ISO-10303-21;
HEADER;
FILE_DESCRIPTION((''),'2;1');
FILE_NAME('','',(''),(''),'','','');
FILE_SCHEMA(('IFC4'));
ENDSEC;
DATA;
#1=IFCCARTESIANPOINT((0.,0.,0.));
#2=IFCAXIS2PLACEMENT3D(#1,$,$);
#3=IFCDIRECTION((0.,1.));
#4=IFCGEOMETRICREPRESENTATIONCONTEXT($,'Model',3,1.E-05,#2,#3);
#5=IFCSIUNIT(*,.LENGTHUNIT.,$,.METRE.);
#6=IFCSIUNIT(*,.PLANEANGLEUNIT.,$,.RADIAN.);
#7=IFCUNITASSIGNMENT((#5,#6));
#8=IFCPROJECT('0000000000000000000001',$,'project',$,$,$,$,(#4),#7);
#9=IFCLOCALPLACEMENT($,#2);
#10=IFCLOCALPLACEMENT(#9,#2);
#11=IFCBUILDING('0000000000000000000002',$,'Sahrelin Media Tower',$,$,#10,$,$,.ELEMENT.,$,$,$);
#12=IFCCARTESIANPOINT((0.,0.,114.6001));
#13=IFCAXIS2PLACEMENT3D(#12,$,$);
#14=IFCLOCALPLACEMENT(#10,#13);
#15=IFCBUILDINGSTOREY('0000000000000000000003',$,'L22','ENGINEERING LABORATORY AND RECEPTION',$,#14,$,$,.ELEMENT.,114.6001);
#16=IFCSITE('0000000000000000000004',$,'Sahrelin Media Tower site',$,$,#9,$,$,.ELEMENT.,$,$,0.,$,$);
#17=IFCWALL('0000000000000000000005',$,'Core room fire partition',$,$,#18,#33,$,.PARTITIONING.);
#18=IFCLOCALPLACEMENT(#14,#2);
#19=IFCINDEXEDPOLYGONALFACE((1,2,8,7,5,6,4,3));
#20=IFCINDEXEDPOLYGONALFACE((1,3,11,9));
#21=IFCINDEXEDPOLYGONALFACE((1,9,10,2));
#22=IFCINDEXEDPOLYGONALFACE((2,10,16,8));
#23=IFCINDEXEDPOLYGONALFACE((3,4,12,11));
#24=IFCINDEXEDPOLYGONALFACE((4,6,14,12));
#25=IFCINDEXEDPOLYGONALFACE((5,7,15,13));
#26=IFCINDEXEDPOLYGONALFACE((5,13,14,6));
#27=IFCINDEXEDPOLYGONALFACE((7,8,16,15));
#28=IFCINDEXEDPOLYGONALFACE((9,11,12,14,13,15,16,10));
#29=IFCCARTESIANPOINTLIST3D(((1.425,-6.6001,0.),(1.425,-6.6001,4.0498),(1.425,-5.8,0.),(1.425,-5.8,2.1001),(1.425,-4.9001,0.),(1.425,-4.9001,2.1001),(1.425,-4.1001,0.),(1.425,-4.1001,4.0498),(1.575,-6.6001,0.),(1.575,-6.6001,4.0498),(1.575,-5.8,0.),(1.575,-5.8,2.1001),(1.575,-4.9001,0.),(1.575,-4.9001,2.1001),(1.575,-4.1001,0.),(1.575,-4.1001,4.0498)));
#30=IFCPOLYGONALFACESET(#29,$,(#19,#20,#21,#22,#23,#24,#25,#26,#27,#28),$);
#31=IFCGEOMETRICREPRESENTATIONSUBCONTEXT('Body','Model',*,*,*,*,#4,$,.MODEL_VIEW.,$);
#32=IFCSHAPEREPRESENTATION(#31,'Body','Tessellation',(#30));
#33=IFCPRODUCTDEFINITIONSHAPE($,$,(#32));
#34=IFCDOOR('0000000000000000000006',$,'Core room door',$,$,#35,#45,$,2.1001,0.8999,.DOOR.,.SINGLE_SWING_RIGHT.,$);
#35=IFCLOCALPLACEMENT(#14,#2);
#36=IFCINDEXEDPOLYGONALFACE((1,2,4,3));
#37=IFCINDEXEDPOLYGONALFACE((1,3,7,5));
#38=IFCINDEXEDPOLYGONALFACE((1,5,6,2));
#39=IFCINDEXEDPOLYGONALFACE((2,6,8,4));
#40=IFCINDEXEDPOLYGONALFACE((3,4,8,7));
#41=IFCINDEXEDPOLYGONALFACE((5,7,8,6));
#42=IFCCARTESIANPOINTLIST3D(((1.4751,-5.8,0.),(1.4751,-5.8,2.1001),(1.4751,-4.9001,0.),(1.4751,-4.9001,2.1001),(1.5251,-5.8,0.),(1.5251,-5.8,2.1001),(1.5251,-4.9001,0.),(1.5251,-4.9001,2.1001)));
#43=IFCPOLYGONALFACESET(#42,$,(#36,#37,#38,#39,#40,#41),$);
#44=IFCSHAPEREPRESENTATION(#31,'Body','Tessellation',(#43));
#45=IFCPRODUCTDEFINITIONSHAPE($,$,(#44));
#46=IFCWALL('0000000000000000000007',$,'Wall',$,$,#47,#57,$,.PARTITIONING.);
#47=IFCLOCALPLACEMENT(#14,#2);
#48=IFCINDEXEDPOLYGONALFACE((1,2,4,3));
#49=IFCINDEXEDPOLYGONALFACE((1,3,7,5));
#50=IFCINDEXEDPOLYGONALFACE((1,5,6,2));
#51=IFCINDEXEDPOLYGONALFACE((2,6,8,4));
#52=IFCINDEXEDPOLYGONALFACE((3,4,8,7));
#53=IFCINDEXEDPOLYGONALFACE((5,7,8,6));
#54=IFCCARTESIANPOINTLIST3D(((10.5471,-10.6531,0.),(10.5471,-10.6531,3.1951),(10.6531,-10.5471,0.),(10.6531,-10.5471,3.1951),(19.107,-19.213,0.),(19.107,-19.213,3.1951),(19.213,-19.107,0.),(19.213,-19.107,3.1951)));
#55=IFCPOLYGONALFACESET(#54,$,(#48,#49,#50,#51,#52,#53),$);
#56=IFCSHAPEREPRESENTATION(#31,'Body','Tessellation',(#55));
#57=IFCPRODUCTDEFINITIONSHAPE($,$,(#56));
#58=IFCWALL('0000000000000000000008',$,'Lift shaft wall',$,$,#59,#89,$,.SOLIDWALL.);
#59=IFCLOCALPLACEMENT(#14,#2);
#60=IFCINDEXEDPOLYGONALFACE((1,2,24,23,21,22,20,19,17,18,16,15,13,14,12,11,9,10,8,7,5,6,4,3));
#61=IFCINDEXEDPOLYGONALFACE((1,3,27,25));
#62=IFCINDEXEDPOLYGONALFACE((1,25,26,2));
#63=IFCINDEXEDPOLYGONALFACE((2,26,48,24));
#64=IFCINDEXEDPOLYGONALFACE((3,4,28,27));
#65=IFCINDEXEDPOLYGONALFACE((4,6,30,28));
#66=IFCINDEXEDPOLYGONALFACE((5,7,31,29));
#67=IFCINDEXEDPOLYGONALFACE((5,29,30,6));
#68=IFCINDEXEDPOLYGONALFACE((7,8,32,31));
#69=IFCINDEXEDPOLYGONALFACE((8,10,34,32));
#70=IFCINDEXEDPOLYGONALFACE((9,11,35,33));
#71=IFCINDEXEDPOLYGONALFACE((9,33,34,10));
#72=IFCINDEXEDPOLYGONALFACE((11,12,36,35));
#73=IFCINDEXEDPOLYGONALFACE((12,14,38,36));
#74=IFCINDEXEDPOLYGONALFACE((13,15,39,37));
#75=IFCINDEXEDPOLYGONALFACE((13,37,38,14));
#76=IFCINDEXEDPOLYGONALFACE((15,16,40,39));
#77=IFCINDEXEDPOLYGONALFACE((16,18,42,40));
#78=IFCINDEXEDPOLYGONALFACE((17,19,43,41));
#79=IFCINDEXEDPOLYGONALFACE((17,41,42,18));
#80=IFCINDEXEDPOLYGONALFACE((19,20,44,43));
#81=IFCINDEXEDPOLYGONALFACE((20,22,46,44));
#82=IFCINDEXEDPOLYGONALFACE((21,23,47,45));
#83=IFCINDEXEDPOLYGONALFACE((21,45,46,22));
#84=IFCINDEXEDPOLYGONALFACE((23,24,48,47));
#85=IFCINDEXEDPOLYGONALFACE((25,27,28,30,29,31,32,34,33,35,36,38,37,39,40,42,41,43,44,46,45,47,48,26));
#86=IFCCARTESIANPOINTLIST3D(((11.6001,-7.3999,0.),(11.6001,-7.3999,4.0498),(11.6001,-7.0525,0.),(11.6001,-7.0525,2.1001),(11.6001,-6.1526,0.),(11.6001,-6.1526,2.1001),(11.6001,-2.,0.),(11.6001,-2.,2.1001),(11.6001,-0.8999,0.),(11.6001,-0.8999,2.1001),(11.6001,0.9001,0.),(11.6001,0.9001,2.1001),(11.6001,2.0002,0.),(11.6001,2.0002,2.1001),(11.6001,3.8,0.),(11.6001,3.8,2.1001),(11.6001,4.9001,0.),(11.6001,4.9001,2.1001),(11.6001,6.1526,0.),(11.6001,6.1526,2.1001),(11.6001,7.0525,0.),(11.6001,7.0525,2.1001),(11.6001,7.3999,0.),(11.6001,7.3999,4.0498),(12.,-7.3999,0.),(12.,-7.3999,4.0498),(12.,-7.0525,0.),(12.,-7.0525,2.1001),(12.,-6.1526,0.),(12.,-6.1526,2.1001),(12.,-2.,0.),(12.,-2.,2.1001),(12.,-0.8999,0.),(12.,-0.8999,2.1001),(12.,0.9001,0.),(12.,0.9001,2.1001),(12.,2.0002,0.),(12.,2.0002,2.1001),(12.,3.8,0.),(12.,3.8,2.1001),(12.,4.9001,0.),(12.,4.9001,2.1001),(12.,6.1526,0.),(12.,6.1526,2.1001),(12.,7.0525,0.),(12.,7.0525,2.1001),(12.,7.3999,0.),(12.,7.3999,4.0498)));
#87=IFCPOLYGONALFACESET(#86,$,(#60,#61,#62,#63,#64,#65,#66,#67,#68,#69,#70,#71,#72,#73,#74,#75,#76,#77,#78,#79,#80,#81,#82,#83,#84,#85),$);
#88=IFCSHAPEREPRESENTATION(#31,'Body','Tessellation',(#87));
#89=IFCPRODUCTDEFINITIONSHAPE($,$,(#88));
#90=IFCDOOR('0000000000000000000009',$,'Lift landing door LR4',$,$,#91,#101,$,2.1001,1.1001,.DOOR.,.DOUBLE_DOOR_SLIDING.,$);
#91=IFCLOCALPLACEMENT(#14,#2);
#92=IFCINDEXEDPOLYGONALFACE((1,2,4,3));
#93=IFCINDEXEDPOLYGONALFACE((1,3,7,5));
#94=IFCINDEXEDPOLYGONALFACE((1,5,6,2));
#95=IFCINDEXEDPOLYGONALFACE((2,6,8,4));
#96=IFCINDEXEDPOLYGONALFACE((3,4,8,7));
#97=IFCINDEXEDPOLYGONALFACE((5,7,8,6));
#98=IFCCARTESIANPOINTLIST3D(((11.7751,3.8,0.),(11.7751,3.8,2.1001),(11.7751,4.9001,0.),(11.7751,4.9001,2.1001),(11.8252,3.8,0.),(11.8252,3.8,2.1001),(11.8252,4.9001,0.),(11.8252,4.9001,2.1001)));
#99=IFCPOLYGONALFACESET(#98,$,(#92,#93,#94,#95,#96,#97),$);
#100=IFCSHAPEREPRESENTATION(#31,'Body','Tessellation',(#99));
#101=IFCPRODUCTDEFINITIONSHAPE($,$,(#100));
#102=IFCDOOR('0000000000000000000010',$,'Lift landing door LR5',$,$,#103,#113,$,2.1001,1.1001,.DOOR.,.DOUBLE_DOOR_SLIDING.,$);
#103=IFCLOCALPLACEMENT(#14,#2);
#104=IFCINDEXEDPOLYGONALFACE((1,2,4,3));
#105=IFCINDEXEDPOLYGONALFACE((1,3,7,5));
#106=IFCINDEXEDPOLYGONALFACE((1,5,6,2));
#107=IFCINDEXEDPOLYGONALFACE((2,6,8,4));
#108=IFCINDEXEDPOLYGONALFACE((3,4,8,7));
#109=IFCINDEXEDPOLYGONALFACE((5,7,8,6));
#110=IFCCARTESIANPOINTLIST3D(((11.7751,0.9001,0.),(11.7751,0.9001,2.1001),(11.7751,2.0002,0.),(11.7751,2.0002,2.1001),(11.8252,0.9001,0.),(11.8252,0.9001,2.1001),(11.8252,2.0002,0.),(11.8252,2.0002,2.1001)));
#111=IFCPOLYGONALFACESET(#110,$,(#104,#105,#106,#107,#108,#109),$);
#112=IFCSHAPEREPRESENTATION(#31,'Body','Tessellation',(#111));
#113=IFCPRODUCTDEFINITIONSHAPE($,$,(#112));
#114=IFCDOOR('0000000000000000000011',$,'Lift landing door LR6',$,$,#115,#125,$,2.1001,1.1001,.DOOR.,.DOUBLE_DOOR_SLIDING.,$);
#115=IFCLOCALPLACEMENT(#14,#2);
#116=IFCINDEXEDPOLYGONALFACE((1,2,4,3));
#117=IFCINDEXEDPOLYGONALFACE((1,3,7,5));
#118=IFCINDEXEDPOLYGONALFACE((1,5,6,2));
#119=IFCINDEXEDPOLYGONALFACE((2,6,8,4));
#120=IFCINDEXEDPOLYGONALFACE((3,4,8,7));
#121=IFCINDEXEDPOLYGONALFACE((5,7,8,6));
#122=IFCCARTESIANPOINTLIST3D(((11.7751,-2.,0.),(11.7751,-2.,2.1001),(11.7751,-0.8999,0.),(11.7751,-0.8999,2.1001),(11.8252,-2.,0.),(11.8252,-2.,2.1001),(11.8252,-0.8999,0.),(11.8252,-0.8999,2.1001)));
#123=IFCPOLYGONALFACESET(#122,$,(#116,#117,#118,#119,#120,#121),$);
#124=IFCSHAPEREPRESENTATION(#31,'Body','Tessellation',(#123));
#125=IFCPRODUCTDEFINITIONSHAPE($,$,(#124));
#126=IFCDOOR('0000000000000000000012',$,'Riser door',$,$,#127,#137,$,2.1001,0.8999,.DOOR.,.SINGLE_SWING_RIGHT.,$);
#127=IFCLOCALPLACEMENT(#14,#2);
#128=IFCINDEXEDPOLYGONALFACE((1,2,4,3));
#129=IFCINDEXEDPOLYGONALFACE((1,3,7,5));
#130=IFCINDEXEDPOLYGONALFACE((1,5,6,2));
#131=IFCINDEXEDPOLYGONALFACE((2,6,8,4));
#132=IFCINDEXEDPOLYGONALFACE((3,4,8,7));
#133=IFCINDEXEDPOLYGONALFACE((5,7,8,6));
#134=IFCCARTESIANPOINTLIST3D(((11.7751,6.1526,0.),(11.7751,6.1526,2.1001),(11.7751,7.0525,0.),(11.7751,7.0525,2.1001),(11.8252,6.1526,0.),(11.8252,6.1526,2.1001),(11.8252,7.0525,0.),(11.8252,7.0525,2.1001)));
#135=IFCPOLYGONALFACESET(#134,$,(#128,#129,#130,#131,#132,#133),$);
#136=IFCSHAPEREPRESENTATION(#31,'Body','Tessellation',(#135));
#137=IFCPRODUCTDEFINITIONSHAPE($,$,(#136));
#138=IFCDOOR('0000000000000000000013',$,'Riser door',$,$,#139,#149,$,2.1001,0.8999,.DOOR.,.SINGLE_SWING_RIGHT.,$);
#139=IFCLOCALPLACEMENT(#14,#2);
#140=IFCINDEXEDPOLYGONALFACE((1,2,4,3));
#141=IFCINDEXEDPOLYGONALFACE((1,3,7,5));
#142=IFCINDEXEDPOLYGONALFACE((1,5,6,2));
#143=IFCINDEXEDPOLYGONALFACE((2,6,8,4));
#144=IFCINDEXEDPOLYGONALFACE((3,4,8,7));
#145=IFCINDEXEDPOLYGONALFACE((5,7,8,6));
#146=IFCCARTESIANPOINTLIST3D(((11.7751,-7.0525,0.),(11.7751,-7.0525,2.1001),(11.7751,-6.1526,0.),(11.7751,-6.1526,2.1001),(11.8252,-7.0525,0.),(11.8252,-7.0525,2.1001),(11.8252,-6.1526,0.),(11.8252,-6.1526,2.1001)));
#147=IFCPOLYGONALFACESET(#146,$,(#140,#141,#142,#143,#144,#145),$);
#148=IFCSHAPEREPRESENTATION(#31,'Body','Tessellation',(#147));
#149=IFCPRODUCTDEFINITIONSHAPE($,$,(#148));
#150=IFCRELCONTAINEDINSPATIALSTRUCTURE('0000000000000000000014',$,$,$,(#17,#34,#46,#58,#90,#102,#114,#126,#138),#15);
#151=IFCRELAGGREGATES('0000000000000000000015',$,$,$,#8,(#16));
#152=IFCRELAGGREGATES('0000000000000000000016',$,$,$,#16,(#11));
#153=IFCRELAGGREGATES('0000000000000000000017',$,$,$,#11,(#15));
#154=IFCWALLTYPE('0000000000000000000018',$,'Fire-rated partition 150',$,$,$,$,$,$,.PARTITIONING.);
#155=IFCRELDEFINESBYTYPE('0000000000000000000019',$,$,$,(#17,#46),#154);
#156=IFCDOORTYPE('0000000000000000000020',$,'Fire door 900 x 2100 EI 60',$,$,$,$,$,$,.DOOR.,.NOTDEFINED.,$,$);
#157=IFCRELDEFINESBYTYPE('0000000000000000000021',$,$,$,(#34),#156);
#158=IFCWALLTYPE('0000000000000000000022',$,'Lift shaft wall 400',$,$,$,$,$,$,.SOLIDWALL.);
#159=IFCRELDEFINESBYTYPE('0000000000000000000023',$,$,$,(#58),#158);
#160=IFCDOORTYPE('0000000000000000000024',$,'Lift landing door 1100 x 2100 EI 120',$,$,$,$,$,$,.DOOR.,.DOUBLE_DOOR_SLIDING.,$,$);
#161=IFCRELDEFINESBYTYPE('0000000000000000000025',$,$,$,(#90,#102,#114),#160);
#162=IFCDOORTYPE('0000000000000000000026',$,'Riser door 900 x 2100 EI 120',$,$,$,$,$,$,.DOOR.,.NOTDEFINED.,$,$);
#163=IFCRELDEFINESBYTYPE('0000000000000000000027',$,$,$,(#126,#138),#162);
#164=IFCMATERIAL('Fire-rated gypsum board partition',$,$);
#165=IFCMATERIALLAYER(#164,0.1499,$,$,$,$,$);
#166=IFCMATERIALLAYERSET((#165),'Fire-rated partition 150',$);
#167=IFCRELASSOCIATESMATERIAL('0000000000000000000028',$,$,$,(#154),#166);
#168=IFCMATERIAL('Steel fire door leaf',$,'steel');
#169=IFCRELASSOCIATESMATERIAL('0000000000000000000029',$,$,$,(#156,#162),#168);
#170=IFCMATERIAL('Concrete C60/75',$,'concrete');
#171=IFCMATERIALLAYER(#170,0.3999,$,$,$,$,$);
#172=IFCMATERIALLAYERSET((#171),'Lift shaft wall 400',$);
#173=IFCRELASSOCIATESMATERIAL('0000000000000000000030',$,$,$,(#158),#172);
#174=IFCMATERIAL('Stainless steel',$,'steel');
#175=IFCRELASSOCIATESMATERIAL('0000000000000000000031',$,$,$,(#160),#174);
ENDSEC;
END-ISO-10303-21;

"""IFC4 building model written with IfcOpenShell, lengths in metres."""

from ifc_helpers import new_model, si_unit, direction, frame, frame_2d, origin, place, context, subcontext, project, spatial, rectangle, extrude, material, layer, layer_set, type_object, element, fill, save


model = new_model("IFC4")

# Units and contexts
model_context = context("Model", 3, precision=1e-05, world=origin(), true_north=direction((0.0, 1.0)))
body_context = subcontext(model_context, "Body", "Model", "MODEL_VIEW")
ifc_project = project(units=[si_unit("LENGTHUNIT", "METRE"), si_unit("PLANEANGLEUNIT", "RADIAN")], contexts=[model_context])

# Site, building, storey
site_placement = place(None, origin())
site = spatial("IfcSite", under=ifc_project, at=site_placement, Name="Sahrelin Media Tower site", CompositionType="ELEMENT", RefElevation=0.0)
building_placement = place(site_placement, origin())
building = spatial("IfcBuilding", under=site, at=building_placement, Name="Sahrelin Media Tower", CompositionType="ELEMENT")
storey_placement = place(building_placement, frame((0.0, 0.0, 114.6001)))
storey = spatial("IfcBuildingStorey", under=building, at=storey_placement, Name="L22", Description="ENGINEERING LABORATORY AND RECEPTION", CompositionType="ELEMENT", Elevation=114.6001)

# Wall, opening, door
ifc_material_1 = material(Name="Fire-rated gypsum board partition")
ifc_layer_1 = layer(ifc_material_1, 0.1499)
ifc_layer_set_1 = layer_set([ifc_layer_1], Name="Fire-rated partition 150")
wall_type_1 = type_object("IfcWallType", Name="Fire-rated partition 150", PredefinedType="PARTITIONING", material=ifc_layer_set_1)
wall_1_placement = place(storey_placement, frame((1.5, -6.6001, 0.0), z_axis=(0.0, 0.0, 1.0), x_axis=(0.0, 1.0, 0.0)))
wall_1 = element("IfcWall", 1, at=wall_1_placement, inside=storey, type_object=wall_type_1, Name="Core room fire partition", PredefinedType="PARTITIONING", context=body_context, shape_type="SweptSolid", body=[
    extrude(rectangle(XDim=2.5, YDim=0.1499, at=frame_2d((1.25, 0.0))), origin(), (0.0, 0.0, 1.0), 4.0498),
])
opening_1_placement = place(wall_1_placement, frame((0.8, 0.0, 0.0)))
opening_1 = element("IfcOpeningElement", 2, at=opening_1_placement, cuts=wall_1, PredefinedType="OPENING", context=body_context, shape_type="SweptSolid", body=[
    extrude(rectangle(XDim=0.8999, YDim=2.1001, at=frame_2d((0.45, 1.05))), frame((0.0, 0.075, 0.0), z_axis=(0.0, -1.0, 0.0), x_axis=(1.0, 0.0, 0.0)), (0.0, 0.0, 1.0), 0.1499),
])
ifc_material_2 = material(Name="Steel fire door leaf", Category="steel")
door_type_1 = type_object("IfcDoorType", Name="Fire door 900 x 2100 EI 60", OperationType="NOTDEFINED", PredefinedType="DOOR", material=ifc_material_2)
door_1_placement = place(opening_1_placement, origin())
door_1 = element("IfcDoor", 3, at=door_1_placement, inside=storey, type_object=door_type_1, Name="Core room door", OperationType="SINGLE_SWING_RIGHT", OverallHeight=2.1001, OverallWidth=0.8999, PredefinedType="DOOR", context=body_context, shape_type="SweptSolid", body=[
    extrude(rectangle(XDim=0.8999, YDim=2.1001, at=frame_2d((0.45, 1.05))), frame((0.0, 0.0249, 0.0), z_axis=(0.0, -1.0, 0.0), x_axis=(1.0, 0.0, 0.0)), (0.0, 0.0, 1.0), 0.05),
])
fill(opening_1, door_1)

# Wall
wall_2_placement = place(storey_placement, frame((10.6001, -10.6001, 0.0), z_axis=(0.0, 0.0, 1.0), x_axis=(0.707107, -0.707107, 0.0)))
element("IfcWall", 4, at=wall_2_placement, inside=storey, type_object=wall_type_1, Name="Wall", PredefinedType="PARTITIONING", context=body_context, shape_type="SweptSolid", body=[
    extrude(rectangle(XDim=12.1055, YDim=0.1499, at=frame_2d((6.0527, 0.0))), origin(), (0.0, 0.0, 1.0), 3.1951),
])

# Wall, openings, doors
ifc_material_3 = material(Name="Concrete C60/75", Category="concrete")
ifc_layer_2 = layer(ifc_material_3, 0.3999)
ifc_layer_set_2 = layer_set([ifc_layer_2], Name="Lift shaft wall 400")
wall_type_2 = type_object("IfcWallType", Name="Lift shaft wall 400", PredefinedType="SOLIDWALL", material=ifc_layer_set_2)
wall_3_placement = place(storey_placement, frame((11.8, -7.3999, 0.0), z_axis=(0.0, 0.0, 1.0), x_axis=(0.0, 1.0, 0.0)))
wall_3 = element("IfcWall", 5, at=wall_3_placement, inside=storey, type_object=wall_type_2, Name="Lift shaft wall", PredefinedType="SOLIDWALL", context=body_context, shape_type="SweptSolid", body=[
    extrude(rectangle(XDim=14.7998, YDim=0.3999, at=frame_2d((7.3999, 0.0))), origin(), (0.0, 0.0, 1.0), 4.0498),
])
opening_2_placement = place(wall_3_placement, frame((11.2, 0.0, 0.0)))
opening_2 = element("IfcOpeningElement", 6, at=opening_2_placement, cuts=wall_3, PredefinedType="OPENING", context=body_context, shape_type="SweptSolid", body=[
    extrude(rectangle(XDim=1.1001, YDim=2.1001, at=frame_2d((0.55, 1.05))), frame((0.0, 0.2, 0.0), z_axis=(0.0, -1.0, 0.0), x_axis=(1.0, 0.0, 0.0)), (0.0, 0.0, 1.0), 0.3999),
])
opening_3_placement = place(wall_3_placement, frame((8.3, 0.0, 0.0)))
opening_3 = element("IfcOpeningElement", 7, at=opening_3_placement, cuts=wall_3, PredefinedType="OPENING", context=body_context, shape_type="SweptSolid", body=[
    extrude(rectangle(XDim=1.1001, YDim=2.1001, at=frame_2d((0.55, 1.05))), frame((0.0, 0.2, 0.0), z_axis=(0.0, -1.0, 0.0), x_axis=(1.0, 0.0, 0.0)), (0.0, 0.0, 1.0), 0.3999),
])
opening_4_placement = place(wall_3_placement, frame((5.3999, 0.0, 0.0)))
opening_4 = element("IfcOpeningElement", 8, at=opening_4_placement, cuts=wall_3, PredefinedType="OPENING", context=body_context, shape_type="SweptSolid", body=[
    extrude(rectangle(XDim=1.1001, YDim=2.1001, at=frame_2d((0.55, 1.05))), frame((0.0, 0.2, 0.0), z_axis=(0.0, -1.0, 0.0), x_axis=(1.0, 0.0, 0.0)), (0.0, 0.0, 1.0), 0.3999),
])
opening_5_placement = place(wall_3_placement, frame((13.5525, 0.0, 0.0)))
opening_5 = element("IfcOpeningElement", 9, at=opening_5_placement, cuts=wall_3, PredefinedType="OPENING", context=body_context, shape_type="SweptSolid", body=[
    extrude(rectangle(XDim=0.8999, YDim=2.1001, at=frame_2d((0.45, 1.05))), frame((0.0, 0.2, 0.0), z_axis=(0.0, -1.0, 0.0), x_axis=(1.0, 0.0, 0.0)), (0.0, 0.0, 1.0), 0.3999),
])
opening_6_placement = place(wall_3_placement, frame((0.3474, 0.0, 0.0)))
opening_6 = element("IfcOpeningElement", 10, at=opening_6_placement, cuts=wall_3, PredefinedType="OPENING", context=body_context, shape_type="SweptSolid", body=[
    extrude(rectangle(XDim=0.8999, YDim=2.1001, at=frame_2d((0.45, 1.05))), frame((0.0, 0.2, 0.0), z_axis=(0.0, -1.0, 0.0), x_axis=(1.0, 0.0, 0.0)), (0.0, 0.0, 1.0), 0.3999),
])
ifc_material_4 = material(Name="Stainless steel", Category="steel")
door_type_2 = type_object("IfcDoorType", Name="Lift landing door 1100 x 2100 EI 120", OperationType="DOUBLE_DOOR_SLIDING", PredefinedType="DOOR", material=ifc_material_4)
door_2_placement = place(opening_2_placement, origin())
door_2 = element("IfcDoor", 11, at=door_2_placement, inside=storey, type_object=door_type_2, Name="Lift landing door LR4", OperationType="DOUBLE_DOOR_SLIDING", OverallHeight=2.1001, OverallWidth=1.1001, PredefinedType="DOOR", context=body_context, shape_type="SweptSolid", body=[
    extrude(rectangle(XDim=1.1001, YDim=2.1001, at=frame_2d((0.55, 1.05))), frame((0.0, 0.0249, 0.0), z_axis=(0.0, -1.0, 0.0), x_axis=(1.0, 0.0, 0.0)), (0.0, 0.0, 1.0), 0.05),
])
fill(opening_2, door_2)
door_3_placement = place(opening_3_placement, origin())
door_3 = element("IfcDoor", 12, at=door_3_placement, inside=storey, type_object=door_type_2, Name="Lift landing door LR5", OperationType="DOUBLE_DOOR_SLIDING", OverallHeight=2.1001, OverallWidth=1.1001, PredefinedType="DOOR", context=body_context, shape_type="SweptSolid", body=[
    extrude(rectangle(XDim=1.1001, YDim=2.1001, at=frame_2d((0.55, 1.05))), frame((0.0, 0.0249, 0.0), z_axis=(0.0, -1.0, 0.0), x_axis=(1.0, 0.0, 0.0)), (0.0, 0.0, 1.0), 0.05),
])
fill(opening_3, door_3)
door_4_placement = place(opening_4_placement, origin())
door_4 = element("IfcDoor", 13, at=door_4_placement, inside=storey, type_object=door_type_2, Name="Lift landing door LR6", OperationType="DOUBLE_DOOR_SLIDING", OverallHeight=2.1001, OverallWidth=1.1001, PredefinedType="DOOR", context=body_context, shape_type="SweptSolid", body=[
    extrude(rectangle(XDim=1.1001, YDim=2.1001, at=frame_2d((0.55, 1.05))), frame((0.0, 0.0249, 0.0), z_axis=(0.0, -1.0, 0.0), x_axis=(1.0, 0.0, 0.0)), (0.0, 0.0, 1.0), 0.05),
])
fill(opening_4, door_4)
door_type_3 = type_object("IfcDoorType", Name="Riser door 900 x 2100 EI 120", OperationType="NOTDEFINED", PredefinedType="DOOR", material=ifc_material_2)
door_5_placement = place(opening_5_placement, origin())
door_5 = element("IfcDoor", 14, at=door_5_placement, inside=storey, type_object=door_type_3, Name="Riser door", OperationType="SINGLE_SWING_RIGHT", OverallHeight=2.1001, OverallWidth=0.8999, PredefinedType="DOOR", context=body_context, shape_type="SweptSolid", body=[
    extrude(rectangle(XDim=0.8999, YDim=2.1001, at=frame_2d((0.45, 1.05))), frame((0.0, 0.0249, 0.0), z_axis=(0.0, -1.0, 0.0), x_axis=(1.0, 0.0, 0.0)), (0.0, 0.0, 1.0), 0.05),
])
fill(opening_5, door_5)
door_6_placement = place(opening_6_placement, origin())
door_6 = element("IfcDoor", 15, at=door_6_placement, inside=storey, type_object=door_type_3, Name="Riser door", OperationType="SINGLE_SWING_RIGHT", OverallHeight=2.1001, OverallWidth=0.8999, PredefinedType="DOOR", context=body_context, shape_type="SweptSolid", body=[
    extrude(rectangle(XDim=0.8999, YDim=2.1001, at=frame_2d((0.45, 1.05))), frame((0.0, 0.0249, 0.0), z_axis=(0.0, -1.0, 0.0), x_axis=(1.0, 0.0, 0.0)), (0.0, 0.0, 1.0), 0.05),
])
fill(opening_6, door_6)

save(model, "model.ifc")
